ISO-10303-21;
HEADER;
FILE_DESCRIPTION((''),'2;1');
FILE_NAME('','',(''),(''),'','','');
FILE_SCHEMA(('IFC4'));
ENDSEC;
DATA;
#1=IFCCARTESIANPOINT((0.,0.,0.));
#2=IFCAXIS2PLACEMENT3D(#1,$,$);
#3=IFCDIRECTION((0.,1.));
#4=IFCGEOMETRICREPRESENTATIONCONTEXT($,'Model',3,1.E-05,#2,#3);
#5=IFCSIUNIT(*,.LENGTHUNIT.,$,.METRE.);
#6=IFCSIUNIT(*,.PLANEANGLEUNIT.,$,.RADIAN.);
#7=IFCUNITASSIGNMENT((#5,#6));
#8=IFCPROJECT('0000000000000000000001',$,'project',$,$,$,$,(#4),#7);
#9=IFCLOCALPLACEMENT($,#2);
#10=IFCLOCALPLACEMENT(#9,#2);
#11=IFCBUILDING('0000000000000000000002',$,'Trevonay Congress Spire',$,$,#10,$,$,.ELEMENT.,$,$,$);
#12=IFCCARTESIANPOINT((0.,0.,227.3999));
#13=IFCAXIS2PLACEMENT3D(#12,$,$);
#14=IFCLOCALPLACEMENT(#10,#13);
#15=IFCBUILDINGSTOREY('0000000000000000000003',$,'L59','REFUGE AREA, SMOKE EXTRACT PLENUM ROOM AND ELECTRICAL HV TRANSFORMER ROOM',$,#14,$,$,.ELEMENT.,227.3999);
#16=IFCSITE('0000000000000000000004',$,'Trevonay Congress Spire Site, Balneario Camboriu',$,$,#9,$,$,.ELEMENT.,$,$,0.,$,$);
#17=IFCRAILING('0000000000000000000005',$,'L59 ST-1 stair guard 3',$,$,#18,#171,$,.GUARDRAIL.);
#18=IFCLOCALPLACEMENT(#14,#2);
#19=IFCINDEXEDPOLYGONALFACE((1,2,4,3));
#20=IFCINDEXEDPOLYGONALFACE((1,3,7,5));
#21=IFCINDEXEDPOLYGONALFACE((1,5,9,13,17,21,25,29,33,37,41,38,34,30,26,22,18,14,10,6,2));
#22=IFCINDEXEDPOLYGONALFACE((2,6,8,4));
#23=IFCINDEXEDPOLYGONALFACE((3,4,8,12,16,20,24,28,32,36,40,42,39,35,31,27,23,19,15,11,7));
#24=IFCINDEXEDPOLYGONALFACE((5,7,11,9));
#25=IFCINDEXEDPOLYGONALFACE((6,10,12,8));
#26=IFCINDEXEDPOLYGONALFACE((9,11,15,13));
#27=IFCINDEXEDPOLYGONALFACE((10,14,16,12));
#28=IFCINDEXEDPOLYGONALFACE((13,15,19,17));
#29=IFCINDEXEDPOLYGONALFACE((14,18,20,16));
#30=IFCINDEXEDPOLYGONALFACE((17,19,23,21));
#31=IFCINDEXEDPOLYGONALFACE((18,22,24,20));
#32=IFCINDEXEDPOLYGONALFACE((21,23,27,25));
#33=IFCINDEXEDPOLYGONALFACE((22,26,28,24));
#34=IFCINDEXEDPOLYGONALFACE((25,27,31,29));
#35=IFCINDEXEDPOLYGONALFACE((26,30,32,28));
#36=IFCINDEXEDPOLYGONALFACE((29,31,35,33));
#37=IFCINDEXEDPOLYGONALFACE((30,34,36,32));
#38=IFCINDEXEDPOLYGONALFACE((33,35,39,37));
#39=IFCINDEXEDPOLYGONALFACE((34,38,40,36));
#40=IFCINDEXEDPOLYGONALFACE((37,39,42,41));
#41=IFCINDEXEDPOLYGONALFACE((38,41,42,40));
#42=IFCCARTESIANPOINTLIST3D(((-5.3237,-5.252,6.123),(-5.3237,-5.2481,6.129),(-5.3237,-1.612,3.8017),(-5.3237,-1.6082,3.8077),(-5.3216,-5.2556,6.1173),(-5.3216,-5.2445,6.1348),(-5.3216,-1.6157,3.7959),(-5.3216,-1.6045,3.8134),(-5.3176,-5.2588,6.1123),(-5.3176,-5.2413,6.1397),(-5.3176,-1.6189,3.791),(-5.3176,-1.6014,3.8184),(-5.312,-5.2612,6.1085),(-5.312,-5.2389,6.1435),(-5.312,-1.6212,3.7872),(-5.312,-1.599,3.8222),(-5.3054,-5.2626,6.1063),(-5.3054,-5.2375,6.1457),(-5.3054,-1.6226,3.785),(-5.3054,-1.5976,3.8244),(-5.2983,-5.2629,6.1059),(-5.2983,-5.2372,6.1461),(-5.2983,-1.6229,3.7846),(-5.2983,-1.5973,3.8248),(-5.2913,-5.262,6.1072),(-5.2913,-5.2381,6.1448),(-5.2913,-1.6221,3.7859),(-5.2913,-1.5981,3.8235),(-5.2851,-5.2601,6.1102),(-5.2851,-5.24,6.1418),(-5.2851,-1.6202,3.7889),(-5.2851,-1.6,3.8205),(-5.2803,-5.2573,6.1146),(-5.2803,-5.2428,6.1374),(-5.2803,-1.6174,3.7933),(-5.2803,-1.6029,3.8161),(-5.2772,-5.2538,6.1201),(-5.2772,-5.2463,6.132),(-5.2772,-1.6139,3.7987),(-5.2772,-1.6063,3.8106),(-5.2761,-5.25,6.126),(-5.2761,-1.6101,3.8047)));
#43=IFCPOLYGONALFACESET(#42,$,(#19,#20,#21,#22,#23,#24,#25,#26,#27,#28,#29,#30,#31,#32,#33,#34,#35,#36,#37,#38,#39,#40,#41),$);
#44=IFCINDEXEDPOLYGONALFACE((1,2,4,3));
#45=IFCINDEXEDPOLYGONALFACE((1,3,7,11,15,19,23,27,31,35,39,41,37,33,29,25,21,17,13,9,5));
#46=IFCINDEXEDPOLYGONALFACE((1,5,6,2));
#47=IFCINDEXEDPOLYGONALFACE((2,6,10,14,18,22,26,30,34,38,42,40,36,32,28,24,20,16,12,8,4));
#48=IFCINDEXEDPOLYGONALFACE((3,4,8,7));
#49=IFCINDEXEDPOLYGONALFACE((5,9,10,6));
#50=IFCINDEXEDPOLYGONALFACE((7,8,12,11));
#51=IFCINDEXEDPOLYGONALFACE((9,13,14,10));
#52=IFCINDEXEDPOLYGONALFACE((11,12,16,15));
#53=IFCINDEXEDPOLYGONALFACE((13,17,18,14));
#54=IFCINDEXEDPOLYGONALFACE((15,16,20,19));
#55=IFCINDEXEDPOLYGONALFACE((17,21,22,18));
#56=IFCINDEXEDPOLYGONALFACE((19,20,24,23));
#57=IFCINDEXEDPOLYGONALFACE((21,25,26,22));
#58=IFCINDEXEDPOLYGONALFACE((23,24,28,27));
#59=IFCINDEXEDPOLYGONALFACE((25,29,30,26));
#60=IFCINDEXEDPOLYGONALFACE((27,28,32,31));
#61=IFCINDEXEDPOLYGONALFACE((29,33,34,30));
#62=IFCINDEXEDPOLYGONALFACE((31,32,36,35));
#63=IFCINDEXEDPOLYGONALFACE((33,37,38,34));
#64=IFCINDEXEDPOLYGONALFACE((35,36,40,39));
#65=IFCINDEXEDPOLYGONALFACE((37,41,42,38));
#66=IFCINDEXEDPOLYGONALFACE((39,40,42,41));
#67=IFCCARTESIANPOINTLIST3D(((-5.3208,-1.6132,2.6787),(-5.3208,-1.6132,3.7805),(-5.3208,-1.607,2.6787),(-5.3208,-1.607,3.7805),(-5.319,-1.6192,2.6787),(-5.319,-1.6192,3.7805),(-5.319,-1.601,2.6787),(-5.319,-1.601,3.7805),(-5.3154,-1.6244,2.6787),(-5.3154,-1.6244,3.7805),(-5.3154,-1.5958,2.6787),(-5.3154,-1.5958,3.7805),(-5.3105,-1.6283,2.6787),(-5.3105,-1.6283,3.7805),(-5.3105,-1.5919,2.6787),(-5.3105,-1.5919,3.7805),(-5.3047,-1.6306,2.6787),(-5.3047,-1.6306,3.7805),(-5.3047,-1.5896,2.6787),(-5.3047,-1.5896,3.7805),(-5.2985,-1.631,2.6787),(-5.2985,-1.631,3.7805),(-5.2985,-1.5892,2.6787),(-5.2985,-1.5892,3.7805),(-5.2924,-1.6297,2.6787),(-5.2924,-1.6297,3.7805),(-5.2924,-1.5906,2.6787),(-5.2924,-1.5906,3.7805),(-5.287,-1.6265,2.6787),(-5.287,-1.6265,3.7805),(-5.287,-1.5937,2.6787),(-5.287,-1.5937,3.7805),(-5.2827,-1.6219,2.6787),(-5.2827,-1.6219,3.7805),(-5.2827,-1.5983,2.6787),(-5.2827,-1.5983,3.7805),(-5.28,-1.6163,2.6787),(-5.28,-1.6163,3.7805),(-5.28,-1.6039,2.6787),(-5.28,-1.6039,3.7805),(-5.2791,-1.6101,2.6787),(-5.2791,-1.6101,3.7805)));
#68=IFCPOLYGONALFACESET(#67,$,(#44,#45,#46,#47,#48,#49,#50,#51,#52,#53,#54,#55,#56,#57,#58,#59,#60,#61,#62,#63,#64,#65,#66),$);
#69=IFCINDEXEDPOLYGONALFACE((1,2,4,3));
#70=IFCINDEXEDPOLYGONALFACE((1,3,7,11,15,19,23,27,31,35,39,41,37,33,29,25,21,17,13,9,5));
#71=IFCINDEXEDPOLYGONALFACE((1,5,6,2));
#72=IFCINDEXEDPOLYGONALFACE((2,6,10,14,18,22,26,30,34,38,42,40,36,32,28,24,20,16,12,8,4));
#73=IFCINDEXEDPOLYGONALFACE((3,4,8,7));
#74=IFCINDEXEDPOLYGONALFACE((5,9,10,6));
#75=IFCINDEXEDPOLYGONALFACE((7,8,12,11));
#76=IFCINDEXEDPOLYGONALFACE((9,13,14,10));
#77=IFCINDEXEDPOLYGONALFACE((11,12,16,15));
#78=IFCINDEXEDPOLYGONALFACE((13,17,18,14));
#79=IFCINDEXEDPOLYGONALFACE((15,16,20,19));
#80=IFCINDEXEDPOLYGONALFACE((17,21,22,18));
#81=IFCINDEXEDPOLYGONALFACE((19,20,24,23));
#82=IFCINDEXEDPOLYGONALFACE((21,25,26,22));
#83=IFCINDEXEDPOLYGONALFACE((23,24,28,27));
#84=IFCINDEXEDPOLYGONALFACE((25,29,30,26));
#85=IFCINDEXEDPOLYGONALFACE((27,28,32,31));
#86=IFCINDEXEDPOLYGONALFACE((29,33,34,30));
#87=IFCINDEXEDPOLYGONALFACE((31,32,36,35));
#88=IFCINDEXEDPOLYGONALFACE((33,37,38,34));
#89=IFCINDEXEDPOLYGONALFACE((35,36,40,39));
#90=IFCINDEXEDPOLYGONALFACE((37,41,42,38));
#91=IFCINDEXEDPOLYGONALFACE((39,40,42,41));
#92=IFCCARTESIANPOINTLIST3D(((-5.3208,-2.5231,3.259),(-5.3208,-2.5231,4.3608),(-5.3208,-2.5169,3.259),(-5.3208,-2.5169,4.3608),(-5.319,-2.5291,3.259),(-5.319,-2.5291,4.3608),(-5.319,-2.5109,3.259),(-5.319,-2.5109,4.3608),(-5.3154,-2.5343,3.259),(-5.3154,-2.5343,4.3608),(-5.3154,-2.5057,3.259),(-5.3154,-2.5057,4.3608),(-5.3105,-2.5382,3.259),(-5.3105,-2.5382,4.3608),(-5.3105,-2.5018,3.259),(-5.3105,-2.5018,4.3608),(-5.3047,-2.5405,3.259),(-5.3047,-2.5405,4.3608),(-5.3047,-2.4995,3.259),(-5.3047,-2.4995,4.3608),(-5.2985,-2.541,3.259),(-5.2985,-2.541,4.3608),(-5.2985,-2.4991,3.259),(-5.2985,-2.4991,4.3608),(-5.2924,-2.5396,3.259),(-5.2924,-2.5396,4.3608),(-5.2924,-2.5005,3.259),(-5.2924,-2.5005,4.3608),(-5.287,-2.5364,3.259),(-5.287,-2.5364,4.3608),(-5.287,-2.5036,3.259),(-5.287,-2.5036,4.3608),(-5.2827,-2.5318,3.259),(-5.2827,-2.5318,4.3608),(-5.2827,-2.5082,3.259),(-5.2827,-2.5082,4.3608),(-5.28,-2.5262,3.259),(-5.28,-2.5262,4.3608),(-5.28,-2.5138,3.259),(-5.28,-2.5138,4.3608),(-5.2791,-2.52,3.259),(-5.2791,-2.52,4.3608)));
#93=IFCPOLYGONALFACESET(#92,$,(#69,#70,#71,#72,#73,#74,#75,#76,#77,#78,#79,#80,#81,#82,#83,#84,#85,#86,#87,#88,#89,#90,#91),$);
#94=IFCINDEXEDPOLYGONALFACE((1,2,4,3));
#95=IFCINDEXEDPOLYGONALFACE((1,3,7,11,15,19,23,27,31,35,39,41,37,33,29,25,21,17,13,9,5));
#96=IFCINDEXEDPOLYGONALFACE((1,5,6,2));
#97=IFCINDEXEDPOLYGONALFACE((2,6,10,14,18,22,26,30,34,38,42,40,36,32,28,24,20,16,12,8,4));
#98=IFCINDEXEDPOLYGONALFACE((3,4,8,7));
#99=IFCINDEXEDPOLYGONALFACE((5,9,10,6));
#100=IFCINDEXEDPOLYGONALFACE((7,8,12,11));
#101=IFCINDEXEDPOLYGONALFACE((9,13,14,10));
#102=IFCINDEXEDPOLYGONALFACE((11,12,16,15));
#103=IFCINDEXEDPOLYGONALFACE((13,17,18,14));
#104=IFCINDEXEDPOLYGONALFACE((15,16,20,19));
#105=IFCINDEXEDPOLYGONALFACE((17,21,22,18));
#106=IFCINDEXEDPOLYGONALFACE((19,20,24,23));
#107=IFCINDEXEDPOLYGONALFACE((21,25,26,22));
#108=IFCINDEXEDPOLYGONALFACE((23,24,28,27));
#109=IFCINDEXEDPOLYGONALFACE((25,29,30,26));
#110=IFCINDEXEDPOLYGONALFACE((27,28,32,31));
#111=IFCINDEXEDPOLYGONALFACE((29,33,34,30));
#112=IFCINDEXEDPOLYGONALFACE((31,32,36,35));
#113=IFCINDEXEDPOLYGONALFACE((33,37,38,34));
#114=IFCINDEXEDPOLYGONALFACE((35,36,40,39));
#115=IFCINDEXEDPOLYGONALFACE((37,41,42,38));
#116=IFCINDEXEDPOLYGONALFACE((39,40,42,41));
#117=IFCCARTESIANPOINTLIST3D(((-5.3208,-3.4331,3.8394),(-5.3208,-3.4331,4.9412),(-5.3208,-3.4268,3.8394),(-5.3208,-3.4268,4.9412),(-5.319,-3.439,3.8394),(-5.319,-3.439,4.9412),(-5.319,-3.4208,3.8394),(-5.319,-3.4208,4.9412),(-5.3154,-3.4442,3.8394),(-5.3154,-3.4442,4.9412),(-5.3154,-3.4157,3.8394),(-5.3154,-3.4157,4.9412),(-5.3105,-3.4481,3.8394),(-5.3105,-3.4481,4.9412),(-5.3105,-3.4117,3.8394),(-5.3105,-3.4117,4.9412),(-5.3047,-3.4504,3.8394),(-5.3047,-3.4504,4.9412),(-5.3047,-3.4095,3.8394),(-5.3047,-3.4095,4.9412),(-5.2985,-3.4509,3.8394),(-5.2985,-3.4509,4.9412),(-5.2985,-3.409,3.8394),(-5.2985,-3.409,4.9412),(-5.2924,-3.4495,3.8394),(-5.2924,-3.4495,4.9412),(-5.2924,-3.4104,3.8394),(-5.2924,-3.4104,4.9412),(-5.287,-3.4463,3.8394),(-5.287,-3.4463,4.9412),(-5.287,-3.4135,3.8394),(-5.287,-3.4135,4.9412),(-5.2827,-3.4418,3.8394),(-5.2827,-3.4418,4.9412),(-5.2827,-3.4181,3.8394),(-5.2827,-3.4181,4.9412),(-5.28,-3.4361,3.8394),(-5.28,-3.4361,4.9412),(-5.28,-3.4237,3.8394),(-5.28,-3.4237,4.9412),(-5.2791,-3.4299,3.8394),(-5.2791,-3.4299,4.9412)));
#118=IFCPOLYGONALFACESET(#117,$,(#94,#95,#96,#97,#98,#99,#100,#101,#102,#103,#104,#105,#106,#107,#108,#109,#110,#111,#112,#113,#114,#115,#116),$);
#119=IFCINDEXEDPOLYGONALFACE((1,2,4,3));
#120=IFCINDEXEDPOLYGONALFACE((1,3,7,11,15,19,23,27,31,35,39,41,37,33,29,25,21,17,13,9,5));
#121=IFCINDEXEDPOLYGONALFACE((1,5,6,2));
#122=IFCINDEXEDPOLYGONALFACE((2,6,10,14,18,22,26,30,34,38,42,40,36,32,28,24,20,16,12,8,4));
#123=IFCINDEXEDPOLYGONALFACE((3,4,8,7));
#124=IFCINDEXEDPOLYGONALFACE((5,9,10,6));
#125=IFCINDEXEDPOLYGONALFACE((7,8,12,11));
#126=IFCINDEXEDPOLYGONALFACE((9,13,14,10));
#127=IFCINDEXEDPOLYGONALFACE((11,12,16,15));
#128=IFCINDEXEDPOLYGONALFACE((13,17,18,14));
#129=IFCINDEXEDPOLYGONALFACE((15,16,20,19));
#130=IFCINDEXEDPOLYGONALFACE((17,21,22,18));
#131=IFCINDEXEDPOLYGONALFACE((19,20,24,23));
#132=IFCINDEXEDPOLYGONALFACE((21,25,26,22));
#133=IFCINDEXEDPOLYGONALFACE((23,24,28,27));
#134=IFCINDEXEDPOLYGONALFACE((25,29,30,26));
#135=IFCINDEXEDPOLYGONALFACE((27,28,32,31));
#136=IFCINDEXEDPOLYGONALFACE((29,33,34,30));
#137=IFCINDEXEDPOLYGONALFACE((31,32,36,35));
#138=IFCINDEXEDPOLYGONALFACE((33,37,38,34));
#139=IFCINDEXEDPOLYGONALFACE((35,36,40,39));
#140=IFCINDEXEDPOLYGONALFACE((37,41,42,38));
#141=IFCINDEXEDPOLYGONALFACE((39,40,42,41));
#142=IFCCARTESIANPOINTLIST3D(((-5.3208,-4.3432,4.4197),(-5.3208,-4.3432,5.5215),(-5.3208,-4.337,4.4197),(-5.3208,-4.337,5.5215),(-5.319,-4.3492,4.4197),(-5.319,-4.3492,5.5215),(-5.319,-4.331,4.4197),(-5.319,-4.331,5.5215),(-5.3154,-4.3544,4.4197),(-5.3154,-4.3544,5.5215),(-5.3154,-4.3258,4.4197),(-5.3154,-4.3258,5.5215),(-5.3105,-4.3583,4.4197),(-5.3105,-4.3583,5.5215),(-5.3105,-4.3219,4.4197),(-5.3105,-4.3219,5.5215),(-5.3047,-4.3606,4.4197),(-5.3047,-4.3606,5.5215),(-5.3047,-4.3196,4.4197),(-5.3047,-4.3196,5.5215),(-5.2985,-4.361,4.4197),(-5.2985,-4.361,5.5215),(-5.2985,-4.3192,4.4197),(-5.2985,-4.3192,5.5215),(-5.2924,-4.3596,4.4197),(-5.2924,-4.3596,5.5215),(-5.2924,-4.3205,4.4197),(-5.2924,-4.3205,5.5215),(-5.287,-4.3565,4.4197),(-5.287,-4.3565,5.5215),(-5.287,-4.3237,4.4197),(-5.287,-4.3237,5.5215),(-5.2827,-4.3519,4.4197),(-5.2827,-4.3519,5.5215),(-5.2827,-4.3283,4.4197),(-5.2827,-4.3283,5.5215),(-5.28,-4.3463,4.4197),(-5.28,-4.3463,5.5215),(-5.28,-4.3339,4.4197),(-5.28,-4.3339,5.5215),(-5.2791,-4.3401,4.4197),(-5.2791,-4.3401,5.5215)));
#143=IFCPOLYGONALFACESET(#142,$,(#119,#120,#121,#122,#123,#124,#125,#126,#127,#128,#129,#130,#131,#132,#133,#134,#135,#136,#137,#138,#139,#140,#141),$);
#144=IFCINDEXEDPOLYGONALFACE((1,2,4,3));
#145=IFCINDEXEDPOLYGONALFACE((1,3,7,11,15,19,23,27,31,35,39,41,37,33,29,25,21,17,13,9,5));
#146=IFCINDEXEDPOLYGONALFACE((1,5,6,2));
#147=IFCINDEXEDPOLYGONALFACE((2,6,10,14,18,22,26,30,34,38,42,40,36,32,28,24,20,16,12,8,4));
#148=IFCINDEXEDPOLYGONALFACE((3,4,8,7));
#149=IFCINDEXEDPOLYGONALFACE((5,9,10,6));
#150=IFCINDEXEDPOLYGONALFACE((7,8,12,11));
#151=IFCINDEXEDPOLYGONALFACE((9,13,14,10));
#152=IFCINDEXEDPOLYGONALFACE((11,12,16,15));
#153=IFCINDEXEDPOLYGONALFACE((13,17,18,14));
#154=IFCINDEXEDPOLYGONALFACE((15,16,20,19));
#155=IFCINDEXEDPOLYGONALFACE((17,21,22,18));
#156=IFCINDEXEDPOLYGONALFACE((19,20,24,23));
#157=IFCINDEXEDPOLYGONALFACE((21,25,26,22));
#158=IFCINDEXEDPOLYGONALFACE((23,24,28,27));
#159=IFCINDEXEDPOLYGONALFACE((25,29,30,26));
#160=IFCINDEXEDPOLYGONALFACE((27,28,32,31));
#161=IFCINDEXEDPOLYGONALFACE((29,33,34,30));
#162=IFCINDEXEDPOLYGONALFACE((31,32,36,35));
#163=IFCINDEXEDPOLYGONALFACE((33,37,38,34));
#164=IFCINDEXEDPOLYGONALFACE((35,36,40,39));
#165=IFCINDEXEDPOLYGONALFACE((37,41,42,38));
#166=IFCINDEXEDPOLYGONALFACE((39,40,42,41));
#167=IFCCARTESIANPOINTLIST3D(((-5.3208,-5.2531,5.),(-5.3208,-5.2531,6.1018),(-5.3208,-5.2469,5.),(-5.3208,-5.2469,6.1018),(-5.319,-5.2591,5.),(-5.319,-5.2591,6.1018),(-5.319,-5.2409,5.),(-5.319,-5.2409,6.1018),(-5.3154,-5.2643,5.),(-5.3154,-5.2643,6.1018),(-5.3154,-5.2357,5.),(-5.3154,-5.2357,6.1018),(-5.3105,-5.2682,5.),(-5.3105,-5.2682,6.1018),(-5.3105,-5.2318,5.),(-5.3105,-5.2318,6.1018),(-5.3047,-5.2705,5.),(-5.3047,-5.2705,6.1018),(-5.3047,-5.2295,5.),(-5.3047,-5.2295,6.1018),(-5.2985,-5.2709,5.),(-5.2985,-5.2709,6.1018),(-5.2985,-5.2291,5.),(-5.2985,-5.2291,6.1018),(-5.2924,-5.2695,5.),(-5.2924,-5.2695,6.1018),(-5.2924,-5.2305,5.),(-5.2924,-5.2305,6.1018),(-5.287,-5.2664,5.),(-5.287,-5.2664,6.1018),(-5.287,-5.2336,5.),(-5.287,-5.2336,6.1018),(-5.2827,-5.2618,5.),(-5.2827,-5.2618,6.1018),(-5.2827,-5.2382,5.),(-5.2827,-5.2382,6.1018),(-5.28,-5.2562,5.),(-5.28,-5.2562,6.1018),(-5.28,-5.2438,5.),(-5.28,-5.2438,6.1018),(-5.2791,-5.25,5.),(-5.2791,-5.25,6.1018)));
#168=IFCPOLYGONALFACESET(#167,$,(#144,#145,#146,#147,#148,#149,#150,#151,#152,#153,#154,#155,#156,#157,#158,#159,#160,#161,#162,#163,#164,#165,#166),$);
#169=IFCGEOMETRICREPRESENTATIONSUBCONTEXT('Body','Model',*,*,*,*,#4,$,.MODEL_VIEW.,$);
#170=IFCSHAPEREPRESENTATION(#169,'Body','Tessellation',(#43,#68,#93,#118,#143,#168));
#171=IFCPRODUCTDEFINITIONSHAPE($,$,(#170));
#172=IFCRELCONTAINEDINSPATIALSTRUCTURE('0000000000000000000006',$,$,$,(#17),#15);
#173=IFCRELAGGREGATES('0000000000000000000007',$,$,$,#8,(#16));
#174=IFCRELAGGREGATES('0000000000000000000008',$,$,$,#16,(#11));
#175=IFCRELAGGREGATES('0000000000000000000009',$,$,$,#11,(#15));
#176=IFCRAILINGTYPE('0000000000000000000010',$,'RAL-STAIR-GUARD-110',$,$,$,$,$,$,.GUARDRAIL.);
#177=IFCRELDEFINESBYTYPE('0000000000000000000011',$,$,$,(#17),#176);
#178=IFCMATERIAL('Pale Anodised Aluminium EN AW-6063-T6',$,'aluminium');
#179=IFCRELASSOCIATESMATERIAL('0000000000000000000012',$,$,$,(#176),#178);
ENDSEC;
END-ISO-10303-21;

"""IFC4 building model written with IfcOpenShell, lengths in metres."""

from ifc_helpers import new_model, si_unit, direction, frame, origin, origin_2d, place, context, subcontext, project, spatial, circle, extrude, material, type_object, element, save


model = new_model("IFC4")

# Units and contexts
model_context = context("Model", 3, precision=1e-05, world=origin(), true_north=direction((0.0, 1.0)))
body_context = subcontext(model_context, "Body", "Model", "MODEL_VIEW")
ifc_project = project(units=[si_unit("LENGTHUNIT", "METRE"), si_unit("PLANEANGLEUNIT", "RADIAN")], contexts=[model_context])

# Site, building, storey
site_placement = place(None, origin())
site = spatial("IfcSite", under=ifc_project, at=site_placement, Name="Trevonay Congress Spire Site, Balneario Camboriu", CompositionType="ELEMENT", RefElevation=0.0)
building_placement = place(site_placement, origin())
building = spatial("IfcBuilding", under=site, at=building_placement, Name="Trevonay Congress Spire", CompositionType="ELEMENT")
storey_placement = place(building_placement, frame((0.0, 0.0, 227.3999)))
storey = spatial("IfcBuildingStorey", under=building, at=storey_placement, Name="L59", Description="REFUGE AREA, SMOKE EXTRACT PLENUM ROOM AND ELECTRICAL HV TRANSFORMER ROOM", CompositionType="ELEMENT", Elevation=227.3999)

# Railing
ifc_material_1 = material(Name="Pale Anodised Aluminium EN AW-6063-T6", Category="aluminium")
railing_type_1 = type_object("IfcRailingType", Name="RAL-STAIR-GUARD-110", PredefinedType="GUARDRAIL", material=ifc_material_1)
railing_1_placement = place(storey_placement, frame((-5.3, -1.6101, 2.6787)))
element("IfcRailing", 1, at=railing_1_placement, inside=storey, type_object=railing_type_1, Name="L59 ST-1 stair guard 3", PredefinedType="GUARDRAIL", context=body_context, shape_type="SweptSolid", body=[
    extrude(circle(Radius=0.0239, at=origin_2d()), frame((0.0, 0.0, 1.126), z_axis=(0.0, -0.843137, 0.537699), x_axis=(1.0, 0.0, 0.0)), (0.0, 0.0, 1.0), 4.3171),
    extrude(circle(Radius=0.021, at=origin_2d()), origin(), (0.0, 0.0, 1.0), 1.1018),
    extrude(circle(Radius=0.021, at=origin_2d()), frame((0.0, -0.9099, 0.5803)), (0.0, 0.0, 1.0), 1.1018),
    extrude(circle(Radius=0.021, at=origin_2d()), frame((0.0, -1.8198, 1.1606)), (0.0, 0.0, 1.0), 1.1018),
    extrude(circle(Radius=0.021, at=origin_2d()), frame((0.0, -2.73, 1.741)), (0.0, 0.0, 1.0), 1.1018),
    extrude(circle(Radius=0.021, at=origin_2d()), frame((0.0, -3.6399, 2.3213)), (0.0, 0.0, 1.0), 1.1018),
])

save(model, "model.ifc")
